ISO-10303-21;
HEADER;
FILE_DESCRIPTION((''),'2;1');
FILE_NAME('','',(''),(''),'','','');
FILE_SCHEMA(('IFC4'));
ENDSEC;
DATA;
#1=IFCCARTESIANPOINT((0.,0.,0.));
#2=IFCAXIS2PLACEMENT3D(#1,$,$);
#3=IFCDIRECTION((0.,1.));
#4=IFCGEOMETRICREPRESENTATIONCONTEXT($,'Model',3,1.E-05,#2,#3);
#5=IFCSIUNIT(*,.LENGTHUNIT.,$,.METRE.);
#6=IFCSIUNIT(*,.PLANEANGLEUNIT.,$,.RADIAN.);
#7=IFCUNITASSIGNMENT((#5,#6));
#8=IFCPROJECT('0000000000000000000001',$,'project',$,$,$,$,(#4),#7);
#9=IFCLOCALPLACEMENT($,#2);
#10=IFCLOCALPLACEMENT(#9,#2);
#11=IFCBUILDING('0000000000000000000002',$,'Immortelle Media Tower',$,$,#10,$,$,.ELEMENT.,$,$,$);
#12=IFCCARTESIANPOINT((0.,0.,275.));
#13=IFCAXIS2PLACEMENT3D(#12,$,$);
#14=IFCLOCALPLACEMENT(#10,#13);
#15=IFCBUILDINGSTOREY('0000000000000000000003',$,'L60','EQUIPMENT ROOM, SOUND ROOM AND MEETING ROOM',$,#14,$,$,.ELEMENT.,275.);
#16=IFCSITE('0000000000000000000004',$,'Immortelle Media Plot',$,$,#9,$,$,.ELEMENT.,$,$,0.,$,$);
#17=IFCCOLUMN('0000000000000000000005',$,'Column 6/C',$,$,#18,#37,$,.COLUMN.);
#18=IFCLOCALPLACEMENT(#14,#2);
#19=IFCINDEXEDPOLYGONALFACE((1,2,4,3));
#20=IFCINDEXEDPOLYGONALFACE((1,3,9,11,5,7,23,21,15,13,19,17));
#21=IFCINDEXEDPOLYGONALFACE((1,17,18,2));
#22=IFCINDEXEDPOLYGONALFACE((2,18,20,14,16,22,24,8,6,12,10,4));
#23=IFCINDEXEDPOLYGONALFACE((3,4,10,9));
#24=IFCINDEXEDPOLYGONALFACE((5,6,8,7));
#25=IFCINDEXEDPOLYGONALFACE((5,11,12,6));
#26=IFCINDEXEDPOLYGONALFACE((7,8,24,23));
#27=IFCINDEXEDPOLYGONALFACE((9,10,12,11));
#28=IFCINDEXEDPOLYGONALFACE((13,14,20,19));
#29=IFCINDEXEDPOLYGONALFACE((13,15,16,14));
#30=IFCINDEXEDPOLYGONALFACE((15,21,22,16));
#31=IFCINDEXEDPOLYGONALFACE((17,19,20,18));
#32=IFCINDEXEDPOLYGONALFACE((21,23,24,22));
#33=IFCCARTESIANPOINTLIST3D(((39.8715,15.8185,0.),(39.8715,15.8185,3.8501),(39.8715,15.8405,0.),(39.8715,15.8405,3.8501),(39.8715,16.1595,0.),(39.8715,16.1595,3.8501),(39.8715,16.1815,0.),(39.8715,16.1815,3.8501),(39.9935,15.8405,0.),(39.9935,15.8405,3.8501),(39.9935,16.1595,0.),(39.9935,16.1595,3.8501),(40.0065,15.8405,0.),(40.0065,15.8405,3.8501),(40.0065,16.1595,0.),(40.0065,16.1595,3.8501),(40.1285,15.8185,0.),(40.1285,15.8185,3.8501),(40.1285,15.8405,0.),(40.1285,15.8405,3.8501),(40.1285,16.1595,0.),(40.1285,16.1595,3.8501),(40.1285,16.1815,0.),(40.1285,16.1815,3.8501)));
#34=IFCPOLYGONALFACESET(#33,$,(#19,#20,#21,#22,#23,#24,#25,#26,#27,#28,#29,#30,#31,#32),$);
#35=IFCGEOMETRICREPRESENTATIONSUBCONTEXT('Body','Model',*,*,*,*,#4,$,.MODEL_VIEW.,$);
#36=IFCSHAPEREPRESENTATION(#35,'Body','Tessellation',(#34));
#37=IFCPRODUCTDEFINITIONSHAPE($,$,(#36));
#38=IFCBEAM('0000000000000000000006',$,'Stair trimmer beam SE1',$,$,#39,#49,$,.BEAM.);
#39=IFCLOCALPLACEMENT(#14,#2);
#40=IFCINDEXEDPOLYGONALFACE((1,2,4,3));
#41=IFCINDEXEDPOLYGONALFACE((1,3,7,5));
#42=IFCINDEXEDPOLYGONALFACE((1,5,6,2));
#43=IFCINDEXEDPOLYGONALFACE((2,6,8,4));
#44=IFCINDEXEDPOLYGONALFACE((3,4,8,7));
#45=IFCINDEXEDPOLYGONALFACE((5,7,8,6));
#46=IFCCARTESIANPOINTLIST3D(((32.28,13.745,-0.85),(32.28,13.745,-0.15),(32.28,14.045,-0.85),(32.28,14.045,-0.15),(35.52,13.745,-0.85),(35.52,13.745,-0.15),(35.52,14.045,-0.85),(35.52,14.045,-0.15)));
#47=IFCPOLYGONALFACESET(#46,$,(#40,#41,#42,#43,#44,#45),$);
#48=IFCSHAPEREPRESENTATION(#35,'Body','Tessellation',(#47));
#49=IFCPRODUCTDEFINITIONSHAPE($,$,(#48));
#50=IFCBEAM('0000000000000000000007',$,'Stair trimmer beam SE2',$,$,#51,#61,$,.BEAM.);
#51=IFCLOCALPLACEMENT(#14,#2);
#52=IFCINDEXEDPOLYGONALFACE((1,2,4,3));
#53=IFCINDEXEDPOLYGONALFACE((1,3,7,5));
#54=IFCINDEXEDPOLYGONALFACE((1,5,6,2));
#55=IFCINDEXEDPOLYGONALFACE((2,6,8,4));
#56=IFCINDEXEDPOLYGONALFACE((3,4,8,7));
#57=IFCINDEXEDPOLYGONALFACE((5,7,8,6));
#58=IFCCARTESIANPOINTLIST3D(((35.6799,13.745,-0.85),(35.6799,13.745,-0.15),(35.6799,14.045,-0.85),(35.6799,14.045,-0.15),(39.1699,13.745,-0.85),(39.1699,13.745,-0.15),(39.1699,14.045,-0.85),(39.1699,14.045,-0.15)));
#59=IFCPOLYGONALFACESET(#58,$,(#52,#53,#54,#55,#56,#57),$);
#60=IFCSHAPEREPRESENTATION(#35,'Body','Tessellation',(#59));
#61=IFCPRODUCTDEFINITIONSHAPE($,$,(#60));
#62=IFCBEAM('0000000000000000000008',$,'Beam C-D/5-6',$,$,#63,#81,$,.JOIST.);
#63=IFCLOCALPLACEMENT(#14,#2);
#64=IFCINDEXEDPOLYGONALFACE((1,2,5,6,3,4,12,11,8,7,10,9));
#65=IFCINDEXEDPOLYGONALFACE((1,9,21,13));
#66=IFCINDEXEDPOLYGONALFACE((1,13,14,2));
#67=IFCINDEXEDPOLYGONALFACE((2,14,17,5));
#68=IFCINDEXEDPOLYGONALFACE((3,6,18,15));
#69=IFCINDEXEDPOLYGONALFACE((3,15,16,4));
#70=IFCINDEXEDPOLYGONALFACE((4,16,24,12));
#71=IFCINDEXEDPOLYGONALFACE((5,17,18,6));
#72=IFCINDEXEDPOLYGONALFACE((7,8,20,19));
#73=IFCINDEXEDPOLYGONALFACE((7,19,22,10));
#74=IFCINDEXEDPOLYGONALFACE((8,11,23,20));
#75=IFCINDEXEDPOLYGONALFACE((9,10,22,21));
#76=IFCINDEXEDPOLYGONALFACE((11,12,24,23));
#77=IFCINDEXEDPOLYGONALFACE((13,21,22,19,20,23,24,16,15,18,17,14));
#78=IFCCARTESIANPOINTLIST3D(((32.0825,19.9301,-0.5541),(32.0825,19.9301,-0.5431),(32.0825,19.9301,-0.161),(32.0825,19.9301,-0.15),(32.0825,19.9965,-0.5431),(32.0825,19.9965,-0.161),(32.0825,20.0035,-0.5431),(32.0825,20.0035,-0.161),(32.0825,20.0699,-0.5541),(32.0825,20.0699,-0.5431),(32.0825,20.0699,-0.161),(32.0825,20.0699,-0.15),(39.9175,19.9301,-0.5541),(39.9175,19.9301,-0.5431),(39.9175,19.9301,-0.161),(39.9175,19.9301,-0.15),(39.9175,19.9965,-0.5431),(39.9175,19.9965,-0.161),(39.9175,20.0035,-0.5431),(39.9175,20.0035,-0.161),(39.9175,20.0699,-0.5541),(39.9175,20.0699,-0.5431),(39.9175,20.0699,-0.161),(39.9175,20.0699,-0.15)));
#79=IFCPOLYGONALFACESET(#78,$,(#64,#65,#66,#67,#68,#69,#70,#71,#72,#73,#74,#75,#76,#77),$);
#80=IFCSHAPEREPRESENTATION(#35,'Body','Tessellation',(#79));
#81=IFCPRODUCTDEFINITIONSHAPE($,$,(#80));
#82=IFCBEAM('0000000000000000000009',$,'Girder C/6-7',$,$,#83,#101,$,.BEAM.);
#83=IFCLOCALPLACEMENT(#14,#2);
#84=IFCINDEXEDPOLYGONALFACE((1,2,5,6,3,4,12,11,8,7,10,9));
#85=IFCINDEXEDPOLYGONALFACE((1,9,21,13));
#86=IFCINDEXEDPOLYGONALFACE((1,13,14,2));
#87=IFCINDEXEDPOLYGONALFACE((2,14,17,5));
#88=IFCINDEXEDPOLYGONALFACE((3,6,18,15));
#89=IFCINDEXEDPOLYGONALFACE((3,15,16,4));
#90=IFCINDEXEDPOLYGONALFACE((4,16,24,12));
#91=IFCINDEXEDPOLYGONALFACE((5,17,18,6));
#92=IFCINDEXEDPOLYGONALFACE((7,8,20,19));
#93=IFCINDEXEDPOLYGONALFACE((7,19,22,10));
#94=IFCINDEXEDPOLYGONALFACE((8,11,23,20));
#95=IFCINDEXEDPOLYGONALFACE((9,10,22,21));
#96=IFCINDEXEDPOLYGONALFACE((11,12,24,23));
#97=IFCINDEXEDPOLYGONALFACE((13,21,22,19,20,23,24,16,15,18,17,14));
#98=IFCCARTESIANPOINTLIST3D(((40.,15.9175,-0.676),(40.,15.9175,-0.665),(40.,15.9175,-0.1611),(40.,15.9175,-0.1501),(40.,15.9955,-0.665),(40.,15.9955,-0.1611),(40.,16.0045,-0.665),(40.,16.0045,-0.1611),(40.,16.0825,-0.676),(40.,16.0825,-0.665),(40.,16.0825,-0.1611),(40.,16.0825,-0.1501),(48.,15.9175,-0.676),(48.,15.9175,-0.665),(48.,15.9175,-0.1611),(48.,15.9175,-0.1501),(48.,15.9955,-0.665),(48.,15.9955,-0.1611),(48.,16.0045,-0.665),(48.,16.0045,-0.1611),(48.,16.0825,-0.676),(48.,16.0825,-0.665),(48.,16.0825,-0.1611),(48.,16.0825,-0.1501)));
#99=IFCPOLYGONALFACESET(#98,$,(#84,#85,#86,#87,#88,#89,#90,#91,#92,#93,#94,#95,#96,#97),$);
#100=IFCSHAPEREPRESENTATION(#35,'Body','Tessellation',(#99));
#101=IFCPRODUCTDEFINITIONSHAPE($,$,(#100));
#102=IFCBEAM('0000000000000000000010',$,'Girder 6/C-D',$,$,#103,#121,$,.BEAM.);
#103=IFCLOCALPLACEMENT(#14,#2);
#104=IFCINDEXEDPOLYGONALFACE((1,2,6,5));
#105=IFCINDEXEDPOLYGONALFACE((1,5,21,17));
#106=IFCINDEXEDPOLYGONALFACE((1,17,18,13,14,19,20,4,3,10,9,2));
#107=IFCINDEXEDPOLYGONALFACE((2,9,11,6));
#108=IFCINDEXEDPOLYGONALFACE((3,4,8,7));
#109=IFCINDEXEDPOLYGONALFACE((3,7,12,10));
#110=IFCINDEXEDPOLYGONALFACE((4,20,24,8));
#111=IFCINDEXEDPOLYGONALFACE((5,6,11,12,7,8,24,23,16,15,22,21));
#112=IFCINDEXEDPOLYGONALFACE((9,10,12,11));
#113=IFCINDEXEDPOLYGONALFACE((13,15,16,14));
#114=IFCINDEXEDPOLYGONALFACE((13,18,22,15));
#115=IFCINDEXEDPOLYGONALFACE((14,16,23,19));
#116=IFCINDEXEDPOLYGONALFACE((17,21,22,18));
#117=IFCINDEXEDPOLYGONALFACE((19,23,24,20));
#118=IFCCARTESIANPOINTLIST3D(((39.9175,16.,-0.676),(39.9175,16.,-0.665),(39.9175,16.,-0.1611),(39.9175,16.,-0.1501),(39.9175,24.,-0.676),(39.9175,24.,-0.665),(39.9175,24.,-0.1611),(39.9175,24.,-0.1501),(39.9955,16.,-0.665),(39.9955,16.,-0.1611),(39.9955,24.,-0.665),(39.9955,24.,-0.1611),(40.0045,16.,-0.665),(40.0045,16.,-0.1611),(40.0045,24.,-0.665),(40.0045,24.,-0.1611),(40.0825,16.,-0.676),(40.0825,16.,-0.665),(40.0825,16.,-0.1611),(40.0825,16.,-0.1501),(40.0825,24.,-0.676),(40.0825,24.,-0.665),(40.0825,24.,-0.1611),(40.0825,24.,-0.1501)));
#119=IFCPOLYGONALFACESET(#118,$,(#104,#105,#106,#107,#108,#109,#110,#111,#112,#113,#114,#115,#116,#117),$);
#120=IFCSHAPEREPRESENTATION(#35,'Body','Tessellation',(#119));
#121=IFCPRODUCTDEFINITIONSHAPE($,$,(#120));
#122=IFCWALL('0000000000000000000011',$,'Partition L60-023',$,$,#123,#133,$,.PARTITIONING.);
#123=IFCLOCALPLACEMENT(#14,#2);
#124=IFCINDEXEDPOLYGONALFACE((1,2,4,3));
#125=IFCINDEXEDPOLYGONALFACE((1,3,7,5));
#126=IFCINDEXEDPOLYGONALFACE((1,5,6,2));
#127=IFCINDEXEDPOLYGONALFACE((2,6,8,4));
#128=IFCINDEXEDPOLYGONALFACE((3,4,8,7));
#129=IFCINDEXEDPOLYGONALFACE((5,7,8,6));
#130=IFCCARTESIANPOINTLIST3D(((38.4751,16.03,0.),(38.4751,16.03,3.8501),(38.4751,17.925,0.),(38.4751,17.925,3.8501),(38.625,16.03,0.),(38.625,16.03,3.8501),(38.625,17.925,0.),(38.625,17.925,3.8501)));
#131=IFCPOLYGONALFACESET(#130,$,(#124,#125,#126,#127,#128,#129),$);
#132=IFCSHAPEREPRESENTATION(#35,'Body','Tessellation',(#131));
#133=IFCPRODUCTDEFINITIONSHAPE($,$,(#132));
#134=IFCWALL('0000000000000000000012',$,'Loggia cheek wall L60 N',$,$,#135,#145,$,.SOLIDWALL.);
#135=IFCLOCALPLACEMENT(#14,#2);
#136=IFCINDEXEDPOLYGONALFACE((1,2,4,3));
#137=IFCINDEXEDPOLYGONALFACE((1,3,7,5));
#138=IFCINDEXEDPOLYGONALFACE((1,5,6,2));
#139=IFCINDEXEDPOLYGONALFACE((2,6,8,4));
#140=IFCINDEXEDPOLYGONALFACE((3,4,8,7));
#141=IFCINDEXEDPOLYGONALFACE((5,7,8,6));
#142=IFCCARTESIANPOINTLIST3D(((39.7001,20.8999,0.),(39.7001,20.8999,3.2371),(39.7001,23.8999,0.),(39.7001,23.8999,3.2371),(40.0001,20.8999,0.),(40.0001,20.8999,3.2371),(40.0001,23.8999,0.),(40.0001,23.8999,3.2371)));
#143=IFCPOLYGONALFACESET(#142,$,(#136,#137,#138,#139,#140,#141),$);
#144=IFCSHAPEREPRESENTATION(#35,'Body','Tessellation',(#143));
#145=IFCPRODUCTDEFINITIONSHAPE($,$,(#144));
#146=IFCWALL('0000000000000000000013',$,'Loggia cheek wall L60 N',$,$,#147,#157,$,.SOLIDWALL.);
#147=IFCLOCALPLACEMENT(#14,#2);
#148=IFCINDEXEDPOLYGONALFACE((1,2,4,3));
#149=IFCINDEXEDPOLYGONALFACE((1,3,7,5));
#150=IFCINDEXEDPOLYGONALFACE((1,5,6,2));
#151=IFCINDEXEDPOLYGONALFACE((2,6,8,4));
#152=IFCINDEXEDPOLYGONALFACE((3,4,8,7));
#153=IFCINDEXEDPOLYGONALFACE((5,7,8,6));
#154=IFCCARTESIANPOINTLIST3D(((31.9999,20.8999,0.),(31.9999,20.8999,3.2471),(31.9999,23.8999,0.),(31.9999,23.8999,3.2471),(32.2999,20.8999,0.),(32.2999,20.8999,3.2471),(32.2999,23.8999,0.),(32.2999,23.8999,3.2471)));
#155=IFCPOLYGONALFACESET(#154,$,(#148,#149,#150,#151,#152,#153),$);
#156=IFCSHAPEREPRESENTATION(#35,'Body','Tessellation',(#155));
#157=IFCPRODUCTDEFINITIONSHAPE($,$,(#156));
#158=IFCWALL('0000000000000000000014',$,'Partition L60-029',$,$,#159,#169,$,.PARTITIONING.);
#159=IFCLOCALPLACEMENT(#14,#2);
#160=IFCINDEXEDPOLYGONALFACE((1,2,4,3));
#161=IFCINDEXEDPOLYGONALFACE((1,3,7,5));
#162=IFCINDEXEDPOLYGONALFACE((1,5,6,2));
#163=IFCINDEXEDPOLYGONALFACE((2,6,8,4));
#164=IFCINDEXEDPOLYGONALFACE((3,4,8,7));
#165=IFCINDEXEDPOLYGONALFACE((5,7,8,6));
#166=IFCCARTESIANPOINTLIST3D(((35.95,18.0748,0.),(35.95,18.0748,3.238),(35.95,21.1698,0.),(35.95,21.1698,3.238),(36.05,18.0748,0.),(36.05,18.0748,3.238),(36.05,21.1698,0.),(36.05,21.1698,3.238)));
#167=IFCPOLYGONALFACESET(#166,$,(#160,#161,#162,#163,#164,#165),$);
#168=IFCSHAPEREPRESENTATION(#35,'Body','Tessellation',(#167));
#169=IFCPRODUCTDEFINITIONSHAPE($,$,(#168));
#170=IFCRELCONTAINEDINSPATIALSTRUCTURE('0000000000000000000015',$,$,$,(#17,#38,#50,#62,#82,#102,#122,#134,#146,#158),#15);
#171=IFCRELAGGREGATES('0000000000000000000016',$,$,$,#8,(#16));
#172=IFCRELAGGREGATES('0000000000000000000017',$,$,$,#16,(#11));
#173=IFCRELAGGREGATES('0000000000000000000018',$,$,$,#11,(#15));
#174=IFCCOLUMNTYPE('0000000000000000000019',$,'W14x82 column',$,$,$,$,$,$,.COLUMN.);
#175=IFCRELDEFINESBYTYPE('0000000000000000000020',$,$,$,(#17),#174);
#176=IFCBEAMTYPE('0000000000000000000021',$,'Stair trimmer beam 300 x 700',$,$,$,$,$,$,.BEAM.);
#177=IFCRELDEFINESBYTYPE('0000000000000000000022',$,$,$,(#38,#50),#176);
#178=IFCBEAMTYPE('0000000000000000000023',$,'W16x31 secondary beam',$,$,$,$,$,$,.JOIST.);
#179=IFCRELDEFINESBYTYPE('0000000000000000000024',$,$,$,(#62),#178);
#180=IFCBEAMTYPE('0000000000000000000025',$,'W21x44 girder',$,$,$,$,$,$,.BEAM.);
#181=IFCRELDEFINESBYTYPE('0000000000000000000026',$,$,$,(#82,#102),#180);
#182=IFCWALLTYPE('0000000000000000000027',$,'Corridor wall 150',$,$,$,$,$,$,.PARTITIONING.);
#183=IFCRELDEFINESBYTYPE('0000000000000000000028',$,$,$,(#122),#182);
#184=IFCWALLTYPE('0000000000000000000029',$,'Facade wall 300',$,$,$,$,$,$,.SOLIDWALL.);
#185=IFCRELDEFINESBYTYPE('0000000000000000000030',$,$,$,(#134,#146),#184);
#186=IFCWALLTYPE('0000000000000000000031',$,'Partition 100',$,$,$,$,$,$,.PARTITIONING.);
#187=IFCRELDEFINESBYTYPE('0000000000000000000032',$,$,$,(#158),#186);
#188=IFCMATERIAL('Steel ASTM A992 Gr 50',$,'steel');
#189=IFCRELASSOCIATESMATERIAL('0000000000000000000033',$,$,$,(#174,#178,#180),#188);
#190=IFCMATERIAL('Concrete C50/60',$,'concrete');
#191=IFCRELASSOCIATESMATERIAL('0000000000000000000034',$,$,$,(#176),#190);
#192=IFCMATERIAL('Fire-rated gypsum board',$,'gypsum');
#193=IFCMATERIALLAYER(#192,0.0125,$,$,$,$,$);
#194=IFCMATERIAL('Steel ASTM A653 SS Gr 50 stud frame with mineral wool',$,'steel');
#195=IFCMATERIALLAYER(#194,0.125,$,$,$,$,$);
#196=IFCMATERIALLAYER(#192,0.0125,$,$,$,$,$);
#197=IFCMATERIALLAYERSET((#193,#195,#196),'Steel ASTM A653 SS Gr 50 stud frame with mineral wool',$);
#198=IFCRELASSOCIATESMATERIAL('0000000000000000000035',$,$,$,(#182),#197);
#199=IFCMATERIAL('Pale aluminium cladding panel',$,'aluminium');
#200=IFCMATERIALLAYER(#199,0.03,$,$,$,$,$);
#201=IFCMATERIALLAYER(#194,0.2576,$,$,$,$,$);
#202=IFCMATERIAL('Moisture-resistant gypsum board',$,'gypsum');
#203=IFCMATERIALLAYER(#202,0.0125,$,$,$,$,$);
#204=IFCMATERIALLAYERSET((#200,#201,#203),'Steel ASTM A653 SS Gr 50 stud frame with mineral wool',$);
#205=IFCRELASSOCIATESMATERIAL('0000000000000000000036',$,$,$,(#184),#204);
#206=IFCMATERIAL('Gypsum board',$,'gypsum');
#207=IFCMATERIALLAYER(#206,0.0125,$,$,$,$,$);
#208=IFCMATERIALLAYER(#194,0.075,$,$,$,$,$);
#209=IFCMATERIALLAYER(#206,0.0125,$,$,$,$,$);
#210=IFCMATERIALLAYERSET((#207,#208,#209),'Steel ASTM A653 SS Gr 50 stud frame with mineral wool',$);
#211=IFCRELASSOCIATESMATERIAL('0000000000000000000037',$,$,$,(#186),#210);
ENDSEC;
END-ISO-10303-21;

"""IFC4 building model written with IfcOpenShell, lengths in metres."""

from ifc_helpers import new_model, si_unit, direction, frame, frame_2d, origin, origin_2d, place, context, subcontext, project, spatial, rectangle, i_section, extrude, material, layer, layer_set, material_profile, profile_set, type_object, element, save


model = new_model("IFC4")

# Units and contexts
model_context = context("Model", 3, precision=1e-05, world=origin(), true_north=direction((0.0, 1.0)))
body_context = subcontext(model_context, "Body", "Model", "MODEL_VIEW")
ifc_project = project(units=[si_unit("LENGTHUNIT", "METRE"), si_unit("PLANEANGLEUNIT", "RADIAN")], contexts=[model_context])

# Site, building, storey
site_placement = place(None, origin())
site = spatial("IfcSite", under=ifc_project, at=site_placement, Name="Immortelle Media Plot", CompositionType="ELEMENT", RefElevation=0.0)
building_placement = place(site_placement, origin())
building = spatial("IfcBuilding", under=site, at=building_placement, Name="Immortelle Media Tower", CompositionType="ELEMENT")
storey_placement = place(building_placement, frame((0.0, 0.0, 275.0)))
storey = spatial("IfcBuildingStorey", under=building, at=storey_placement, Name="L60", Description="EQUIPMENT ROOM, SOUND ROOM AND MEETING ROOM", CompositionType="ELEMENT", Elevation=275.0)

# Column
ifc_material_1 = material(Name="Steel ASTM A992 Gr 50", Category="steel")
ifc_material_profile_1 = material_profile(ifc_material_1, i_section(OverallWidth=0.2571, OverallDepth=0.363, WebThickness=0.0129, FlangeThickness=0.022, at=origin_2d()), Name="W14x82")
ifc_profile_set_1 = profile_set([ifc_material_profile_1], Name="Steel ASTM A992 Gr 50")
column_type = type_object("IfcColumnType", Name="W14x82 column", PredefinedType="COLUMN", material=ifc_profile_set_1)
column_placement = place(storey_placement, frame((40.0, 16.0, 0.0), z_axis=(0.0, 0.0, 1.0), x_axis=(1.0, 0.0, 0.0)))
element("IfcColumn", 1, at=column_placement, inside=storey, type_object=column_type, Name="Column 6/C", PredefinedType="COLUMN", context=body_context, shape_type="SweptSolid", body=[
    extrude(i_section(OverallWidth=0.2571, OverallDepth=0.363, WebThickness=0.0129, FlangeThickness=0.022, at=origin_2d()), origin(), (0.0, 0.0, 1.0), 3.8501),
])

# Beams
ifc_material_2 = material(Name="Concrete C50/60", Category="concrete")
ifc_material_profile_2 = material_profile(ifc_material_2, rectangle(XDim=0.3, YDim=0.7, at=origin_2d()), Name="RC 300x700")
ifc_profile_set_2 = profile_set([ifc_material_profile_2], Name="Concrete C50/60")
beam_type_1 = type_object("IfcBeamType", Name="Stair trimmer beam 300 x 700", PredefinedType="BEAM", material=ifc_profile_set_2)
beam_1_placement = place(storey_placement, frame((32.28, 13.895, -0.5), z_axis=(1.0, 0.0, 0.0), x_axis=(0.0, 1.0, 0.0)))
element("IfcBeam", 2, at=beam_1_placement, inside=storey, type_object=beam_type_1, Name="Stair trimmer beam SE1", PredefinedType="BEAM", context=body_context, shape_type="SweptSolid", body=[
    extrude(rectangle(XDim=0.3, YDim=0.7, at=origin_2d()), origin(), (0.0, 0.0, 1.0), 3.24),
])
beam_2_placement = place(storey_placement, frame((35.6799, 13.895, -0.5), z_axis=(1.0, 0.0, 0.0), x_axis=(0.0, 1.0, 0.0)))
element("IfcBeam", 3, at=beam_2_placement, inside=storey, type_object=beam_type_1, Name="Stair trimmer beam SE2", PredefinedType="BEAM", context=body_context, shape_type="SweptSolid", body=[
    extrude(rectangle(XDim=0.3, YDim=0.7, at=origin_2d()), origin(), (0.0, 0.0, 1.0), 3.49),
])
ifc_material_profile_3 = material_profile(ifc_material_1, i_section(OverallWidth=0.1399, OverallDepth=0.4041, WebThickness=0.0071, FlangeThickness=0.011, at=origin_2d()), Name="W16x31")
ifc_profile_set_3 = profile_set([ifc_material_profile_3], Name="Steel ASTM A992 Gr 50")
beam_type_2 = type_object("IfcBeamType", Name="W16x31 secondary beam", PredefinedType="JOIST", material=ifc_profile_set_3)
beam_3_placement = place(storey_placement, frame((32.0825, 20.0, -0.3521), z_axis=(1.0, 0.0, 0.0), x_axis=(0.0, 1.0, 0.0)))
element("IfcBeam", 4, at=beam_3_placement, inside=storey, type_object=beam_type_2, Name="Beam C-D/5-6", PredefinedType="JOIST", context=body_context, shape_type="SweptSolid", body=[
    extrude(i_section(OverallWidth=0.1399, OverallDepth=0.4041, WebThickness=0.0071, FlangeThickness=0.011, at=origin_2d()), origin(), (0.0, 0.0, 1.0), 7.835),
])
ifc_material_profile_4 = material_profile(ifc_material_1, i_section(OverallWidth=0.165, OverallDepth=0.5259, WebThickness=0.009, FlangeThickness=0.011, at=origin_2d()), Name="W21x44")
ifc_profile_set_4 = profile_set([ifc_material_profile_4], Name="Steel ASTM A992 Gr 50")
beam_type_3 = type_object("IfcBeamType", Name="W21x44 girder", PredefinedType="BEAM", material=ifc_profile_set_4)
for number, where, z_axis, x_axis, name in (
    (5, (40.0, 16.0, -0.4131), (1.0, 0.0, 0.0), (0.0, 1.0, 0.0), "Girder C/6-7"),
    (6, (40.0, 16.0, -0.4131), (0.0, 1.0, 0.0), (-1.0, 0.0, 0.0), "Girder 6/C-D"),
):
    element("IfcBeam", number, at=place(storey_placement, frame(where, z_axis=z_axis, x_axis=x_axis)), inside=storey, type_object=beam_type_3, Name=name, PredefinedType="BEAM", context=body_context, shape_type="SweptSolid", body=[
        extrude(i_section(OverallWidth=0.165, OverallDepth=0.5259, WebThickness=0.009, FlangeThickness=0.011, at=origin_2d()), origin(), (0.0, 0.0, 1.0), 8.0),
    ])

# Wall
ifc_material_3 = material(Name="Fire-rated gypsum board", Category="gypsum")
ifc_layer_1 = layer(ifc_material_3, 0.0125)
ifc_material_4 = material(Name="Steel ASTM A653 SS Gr 50 stud frame with mineral wool", Category="steel")
ifc_layer_2 = layer(ifc_material_4, 0.125)
ifc_layer_3 = layer(ifc_material_3, 0.0125)
ifc_layer_set_1 = layer_set([ifc_layer_1, ifc_layer_2, ifc_layer_3], Name="Steel ASTM A653 SS Gr 50 stud frame with mineral wool")
wall_type_1 = type_object("IfcWallType", Name="Corridor wall 150", PredefinedType="PARTITIONING", material=ifc_layer_set_1)
wall_1_placement = place(storey_placement, frame((38.55, 16.03, 0.0), z_axis=(0.0, 0.0, 1.0), x_axis=(0.0, 1.0, 0.0)))
element("IfcWall", 7, at=wall_1_placement, inside=storey, type_object=wall_type_1, Name="Partition L60-023", PredefinedType="PARTITIONING", context=body_context, shape_type="SweptSolid", body=[
    extrude(rectangle(XDim=1.895, YDim=0.1499, at=frame_2d((0.9475, 0.0))), origin(), (0.0, 0.0, 1.0), 3.8501),
])

# Shared definitions
ifc_material_5 = material(Name="Pale aluminium cladding panel", Category="aluminium")
ifc_layer_4 = layer(ifc_material_5, 0.03)
ifc_layer_5 = layer(ifc_material_4, 0.2576)
ifc_material_6 = material(Name="Moisture-resistant gypsum board", Category="gypsum")
ifc_layer_6 = layer(ifc_material_6, 0.0125)
ifc_layer_set_2 = layer_set([ifc_layer_4, ifc_layer_5, ifc_layer_6], Name="Steel ASTM A653 SS Gr 50 stud frame with mineral wool")
wall_type_2 = type_object("IfcWallType", Name="Facade wall 300", PredefinedType="SOLIDWALL", material=ifc_layer_set_2)

# Walls
wall_2_placement = place(storey_placement, frame((39.8501, 23.8999, 0.0), z_axis=(0.0, 0.0, 1.0), x_axis=(0.0, -1.0, 0.0)))
element("IfcWall", 8, at=wall_2_placement, inside=storey, type_object=wall_type_2, Name="Loggia cheek wall L60 N", PredefinedType="SOLIDWALL", context=body_context, shape_type="SweptSolid", body=[
    extrude(rectangle(XDim=3.0, YDim=0.3, at=frame_2d((1.5, 0.0))), origin(), (0.0, 0.0, 1.0), 3.2371),
])
wall_3_placement = place(storey_placement, frame((32.1499, 23.8999, 0.0), z_axis=(0.0, 0.0, 1.0), x_axis=(0.0, -1.0, 0.0)))
element("IfcWall", 9, at=wall_3_placement, inside=storey, type_object=wall_type_2, Name="Loggia cheek wall L60 N", PredefinedType="SOLIDWALL", context=body_context, shape_type="SweptSolid", body=[
    extrude(rectangle(XDim=3.0, YDim=0.3, at=frame_2d((1.5, 0.0))), origin(), (0.0, 0.0, 1.0), 3.2471),
])
ifc_material_7 = material(Name="Gypsum board", Category="gypsum")
ifc_layer_7 = layer(ifc_material_7, 0.0125)
ifc_layer_8 = layer(ifc_material_4, 0.075)
ifc_layer_9 = layer(ifc_material_7, 0.0125)
ifc_layer_set_3 = layer_set([ifc_layer_7, ifc_layer_8, ifc_layer_9], Name="Steel ASTM A653 SS Gr 50 stud frame with mineral wool")
wall_type_3 = type_object("IfcWallType", Name="Partition 100", PredefinedType="PARTITIONING", material=ifc_layer_set_3)
wall_4_placement = place(storey_placement, frame((36.0, 18.075, 0.0), z_axis=(0.0, 0.0, 1.0), x_axis=(0.0, 1.0, 0.0)))
element("IfcWall", 10, at=wall_4_placement, inside=storey, type_object=wall_type_3, Name="Partition L60-029", PredefinedType="PARTITIONING", context=body_context, shape_type="SweptSolid", body=[
    extrude(rectangle(XDim=3.095, YDim=0.1001, at=frame_2d((1.5474, 0.0))), origin(), (0.0, 0.0, 1.0), 3.238),
])

save(model, "model.ifc")
